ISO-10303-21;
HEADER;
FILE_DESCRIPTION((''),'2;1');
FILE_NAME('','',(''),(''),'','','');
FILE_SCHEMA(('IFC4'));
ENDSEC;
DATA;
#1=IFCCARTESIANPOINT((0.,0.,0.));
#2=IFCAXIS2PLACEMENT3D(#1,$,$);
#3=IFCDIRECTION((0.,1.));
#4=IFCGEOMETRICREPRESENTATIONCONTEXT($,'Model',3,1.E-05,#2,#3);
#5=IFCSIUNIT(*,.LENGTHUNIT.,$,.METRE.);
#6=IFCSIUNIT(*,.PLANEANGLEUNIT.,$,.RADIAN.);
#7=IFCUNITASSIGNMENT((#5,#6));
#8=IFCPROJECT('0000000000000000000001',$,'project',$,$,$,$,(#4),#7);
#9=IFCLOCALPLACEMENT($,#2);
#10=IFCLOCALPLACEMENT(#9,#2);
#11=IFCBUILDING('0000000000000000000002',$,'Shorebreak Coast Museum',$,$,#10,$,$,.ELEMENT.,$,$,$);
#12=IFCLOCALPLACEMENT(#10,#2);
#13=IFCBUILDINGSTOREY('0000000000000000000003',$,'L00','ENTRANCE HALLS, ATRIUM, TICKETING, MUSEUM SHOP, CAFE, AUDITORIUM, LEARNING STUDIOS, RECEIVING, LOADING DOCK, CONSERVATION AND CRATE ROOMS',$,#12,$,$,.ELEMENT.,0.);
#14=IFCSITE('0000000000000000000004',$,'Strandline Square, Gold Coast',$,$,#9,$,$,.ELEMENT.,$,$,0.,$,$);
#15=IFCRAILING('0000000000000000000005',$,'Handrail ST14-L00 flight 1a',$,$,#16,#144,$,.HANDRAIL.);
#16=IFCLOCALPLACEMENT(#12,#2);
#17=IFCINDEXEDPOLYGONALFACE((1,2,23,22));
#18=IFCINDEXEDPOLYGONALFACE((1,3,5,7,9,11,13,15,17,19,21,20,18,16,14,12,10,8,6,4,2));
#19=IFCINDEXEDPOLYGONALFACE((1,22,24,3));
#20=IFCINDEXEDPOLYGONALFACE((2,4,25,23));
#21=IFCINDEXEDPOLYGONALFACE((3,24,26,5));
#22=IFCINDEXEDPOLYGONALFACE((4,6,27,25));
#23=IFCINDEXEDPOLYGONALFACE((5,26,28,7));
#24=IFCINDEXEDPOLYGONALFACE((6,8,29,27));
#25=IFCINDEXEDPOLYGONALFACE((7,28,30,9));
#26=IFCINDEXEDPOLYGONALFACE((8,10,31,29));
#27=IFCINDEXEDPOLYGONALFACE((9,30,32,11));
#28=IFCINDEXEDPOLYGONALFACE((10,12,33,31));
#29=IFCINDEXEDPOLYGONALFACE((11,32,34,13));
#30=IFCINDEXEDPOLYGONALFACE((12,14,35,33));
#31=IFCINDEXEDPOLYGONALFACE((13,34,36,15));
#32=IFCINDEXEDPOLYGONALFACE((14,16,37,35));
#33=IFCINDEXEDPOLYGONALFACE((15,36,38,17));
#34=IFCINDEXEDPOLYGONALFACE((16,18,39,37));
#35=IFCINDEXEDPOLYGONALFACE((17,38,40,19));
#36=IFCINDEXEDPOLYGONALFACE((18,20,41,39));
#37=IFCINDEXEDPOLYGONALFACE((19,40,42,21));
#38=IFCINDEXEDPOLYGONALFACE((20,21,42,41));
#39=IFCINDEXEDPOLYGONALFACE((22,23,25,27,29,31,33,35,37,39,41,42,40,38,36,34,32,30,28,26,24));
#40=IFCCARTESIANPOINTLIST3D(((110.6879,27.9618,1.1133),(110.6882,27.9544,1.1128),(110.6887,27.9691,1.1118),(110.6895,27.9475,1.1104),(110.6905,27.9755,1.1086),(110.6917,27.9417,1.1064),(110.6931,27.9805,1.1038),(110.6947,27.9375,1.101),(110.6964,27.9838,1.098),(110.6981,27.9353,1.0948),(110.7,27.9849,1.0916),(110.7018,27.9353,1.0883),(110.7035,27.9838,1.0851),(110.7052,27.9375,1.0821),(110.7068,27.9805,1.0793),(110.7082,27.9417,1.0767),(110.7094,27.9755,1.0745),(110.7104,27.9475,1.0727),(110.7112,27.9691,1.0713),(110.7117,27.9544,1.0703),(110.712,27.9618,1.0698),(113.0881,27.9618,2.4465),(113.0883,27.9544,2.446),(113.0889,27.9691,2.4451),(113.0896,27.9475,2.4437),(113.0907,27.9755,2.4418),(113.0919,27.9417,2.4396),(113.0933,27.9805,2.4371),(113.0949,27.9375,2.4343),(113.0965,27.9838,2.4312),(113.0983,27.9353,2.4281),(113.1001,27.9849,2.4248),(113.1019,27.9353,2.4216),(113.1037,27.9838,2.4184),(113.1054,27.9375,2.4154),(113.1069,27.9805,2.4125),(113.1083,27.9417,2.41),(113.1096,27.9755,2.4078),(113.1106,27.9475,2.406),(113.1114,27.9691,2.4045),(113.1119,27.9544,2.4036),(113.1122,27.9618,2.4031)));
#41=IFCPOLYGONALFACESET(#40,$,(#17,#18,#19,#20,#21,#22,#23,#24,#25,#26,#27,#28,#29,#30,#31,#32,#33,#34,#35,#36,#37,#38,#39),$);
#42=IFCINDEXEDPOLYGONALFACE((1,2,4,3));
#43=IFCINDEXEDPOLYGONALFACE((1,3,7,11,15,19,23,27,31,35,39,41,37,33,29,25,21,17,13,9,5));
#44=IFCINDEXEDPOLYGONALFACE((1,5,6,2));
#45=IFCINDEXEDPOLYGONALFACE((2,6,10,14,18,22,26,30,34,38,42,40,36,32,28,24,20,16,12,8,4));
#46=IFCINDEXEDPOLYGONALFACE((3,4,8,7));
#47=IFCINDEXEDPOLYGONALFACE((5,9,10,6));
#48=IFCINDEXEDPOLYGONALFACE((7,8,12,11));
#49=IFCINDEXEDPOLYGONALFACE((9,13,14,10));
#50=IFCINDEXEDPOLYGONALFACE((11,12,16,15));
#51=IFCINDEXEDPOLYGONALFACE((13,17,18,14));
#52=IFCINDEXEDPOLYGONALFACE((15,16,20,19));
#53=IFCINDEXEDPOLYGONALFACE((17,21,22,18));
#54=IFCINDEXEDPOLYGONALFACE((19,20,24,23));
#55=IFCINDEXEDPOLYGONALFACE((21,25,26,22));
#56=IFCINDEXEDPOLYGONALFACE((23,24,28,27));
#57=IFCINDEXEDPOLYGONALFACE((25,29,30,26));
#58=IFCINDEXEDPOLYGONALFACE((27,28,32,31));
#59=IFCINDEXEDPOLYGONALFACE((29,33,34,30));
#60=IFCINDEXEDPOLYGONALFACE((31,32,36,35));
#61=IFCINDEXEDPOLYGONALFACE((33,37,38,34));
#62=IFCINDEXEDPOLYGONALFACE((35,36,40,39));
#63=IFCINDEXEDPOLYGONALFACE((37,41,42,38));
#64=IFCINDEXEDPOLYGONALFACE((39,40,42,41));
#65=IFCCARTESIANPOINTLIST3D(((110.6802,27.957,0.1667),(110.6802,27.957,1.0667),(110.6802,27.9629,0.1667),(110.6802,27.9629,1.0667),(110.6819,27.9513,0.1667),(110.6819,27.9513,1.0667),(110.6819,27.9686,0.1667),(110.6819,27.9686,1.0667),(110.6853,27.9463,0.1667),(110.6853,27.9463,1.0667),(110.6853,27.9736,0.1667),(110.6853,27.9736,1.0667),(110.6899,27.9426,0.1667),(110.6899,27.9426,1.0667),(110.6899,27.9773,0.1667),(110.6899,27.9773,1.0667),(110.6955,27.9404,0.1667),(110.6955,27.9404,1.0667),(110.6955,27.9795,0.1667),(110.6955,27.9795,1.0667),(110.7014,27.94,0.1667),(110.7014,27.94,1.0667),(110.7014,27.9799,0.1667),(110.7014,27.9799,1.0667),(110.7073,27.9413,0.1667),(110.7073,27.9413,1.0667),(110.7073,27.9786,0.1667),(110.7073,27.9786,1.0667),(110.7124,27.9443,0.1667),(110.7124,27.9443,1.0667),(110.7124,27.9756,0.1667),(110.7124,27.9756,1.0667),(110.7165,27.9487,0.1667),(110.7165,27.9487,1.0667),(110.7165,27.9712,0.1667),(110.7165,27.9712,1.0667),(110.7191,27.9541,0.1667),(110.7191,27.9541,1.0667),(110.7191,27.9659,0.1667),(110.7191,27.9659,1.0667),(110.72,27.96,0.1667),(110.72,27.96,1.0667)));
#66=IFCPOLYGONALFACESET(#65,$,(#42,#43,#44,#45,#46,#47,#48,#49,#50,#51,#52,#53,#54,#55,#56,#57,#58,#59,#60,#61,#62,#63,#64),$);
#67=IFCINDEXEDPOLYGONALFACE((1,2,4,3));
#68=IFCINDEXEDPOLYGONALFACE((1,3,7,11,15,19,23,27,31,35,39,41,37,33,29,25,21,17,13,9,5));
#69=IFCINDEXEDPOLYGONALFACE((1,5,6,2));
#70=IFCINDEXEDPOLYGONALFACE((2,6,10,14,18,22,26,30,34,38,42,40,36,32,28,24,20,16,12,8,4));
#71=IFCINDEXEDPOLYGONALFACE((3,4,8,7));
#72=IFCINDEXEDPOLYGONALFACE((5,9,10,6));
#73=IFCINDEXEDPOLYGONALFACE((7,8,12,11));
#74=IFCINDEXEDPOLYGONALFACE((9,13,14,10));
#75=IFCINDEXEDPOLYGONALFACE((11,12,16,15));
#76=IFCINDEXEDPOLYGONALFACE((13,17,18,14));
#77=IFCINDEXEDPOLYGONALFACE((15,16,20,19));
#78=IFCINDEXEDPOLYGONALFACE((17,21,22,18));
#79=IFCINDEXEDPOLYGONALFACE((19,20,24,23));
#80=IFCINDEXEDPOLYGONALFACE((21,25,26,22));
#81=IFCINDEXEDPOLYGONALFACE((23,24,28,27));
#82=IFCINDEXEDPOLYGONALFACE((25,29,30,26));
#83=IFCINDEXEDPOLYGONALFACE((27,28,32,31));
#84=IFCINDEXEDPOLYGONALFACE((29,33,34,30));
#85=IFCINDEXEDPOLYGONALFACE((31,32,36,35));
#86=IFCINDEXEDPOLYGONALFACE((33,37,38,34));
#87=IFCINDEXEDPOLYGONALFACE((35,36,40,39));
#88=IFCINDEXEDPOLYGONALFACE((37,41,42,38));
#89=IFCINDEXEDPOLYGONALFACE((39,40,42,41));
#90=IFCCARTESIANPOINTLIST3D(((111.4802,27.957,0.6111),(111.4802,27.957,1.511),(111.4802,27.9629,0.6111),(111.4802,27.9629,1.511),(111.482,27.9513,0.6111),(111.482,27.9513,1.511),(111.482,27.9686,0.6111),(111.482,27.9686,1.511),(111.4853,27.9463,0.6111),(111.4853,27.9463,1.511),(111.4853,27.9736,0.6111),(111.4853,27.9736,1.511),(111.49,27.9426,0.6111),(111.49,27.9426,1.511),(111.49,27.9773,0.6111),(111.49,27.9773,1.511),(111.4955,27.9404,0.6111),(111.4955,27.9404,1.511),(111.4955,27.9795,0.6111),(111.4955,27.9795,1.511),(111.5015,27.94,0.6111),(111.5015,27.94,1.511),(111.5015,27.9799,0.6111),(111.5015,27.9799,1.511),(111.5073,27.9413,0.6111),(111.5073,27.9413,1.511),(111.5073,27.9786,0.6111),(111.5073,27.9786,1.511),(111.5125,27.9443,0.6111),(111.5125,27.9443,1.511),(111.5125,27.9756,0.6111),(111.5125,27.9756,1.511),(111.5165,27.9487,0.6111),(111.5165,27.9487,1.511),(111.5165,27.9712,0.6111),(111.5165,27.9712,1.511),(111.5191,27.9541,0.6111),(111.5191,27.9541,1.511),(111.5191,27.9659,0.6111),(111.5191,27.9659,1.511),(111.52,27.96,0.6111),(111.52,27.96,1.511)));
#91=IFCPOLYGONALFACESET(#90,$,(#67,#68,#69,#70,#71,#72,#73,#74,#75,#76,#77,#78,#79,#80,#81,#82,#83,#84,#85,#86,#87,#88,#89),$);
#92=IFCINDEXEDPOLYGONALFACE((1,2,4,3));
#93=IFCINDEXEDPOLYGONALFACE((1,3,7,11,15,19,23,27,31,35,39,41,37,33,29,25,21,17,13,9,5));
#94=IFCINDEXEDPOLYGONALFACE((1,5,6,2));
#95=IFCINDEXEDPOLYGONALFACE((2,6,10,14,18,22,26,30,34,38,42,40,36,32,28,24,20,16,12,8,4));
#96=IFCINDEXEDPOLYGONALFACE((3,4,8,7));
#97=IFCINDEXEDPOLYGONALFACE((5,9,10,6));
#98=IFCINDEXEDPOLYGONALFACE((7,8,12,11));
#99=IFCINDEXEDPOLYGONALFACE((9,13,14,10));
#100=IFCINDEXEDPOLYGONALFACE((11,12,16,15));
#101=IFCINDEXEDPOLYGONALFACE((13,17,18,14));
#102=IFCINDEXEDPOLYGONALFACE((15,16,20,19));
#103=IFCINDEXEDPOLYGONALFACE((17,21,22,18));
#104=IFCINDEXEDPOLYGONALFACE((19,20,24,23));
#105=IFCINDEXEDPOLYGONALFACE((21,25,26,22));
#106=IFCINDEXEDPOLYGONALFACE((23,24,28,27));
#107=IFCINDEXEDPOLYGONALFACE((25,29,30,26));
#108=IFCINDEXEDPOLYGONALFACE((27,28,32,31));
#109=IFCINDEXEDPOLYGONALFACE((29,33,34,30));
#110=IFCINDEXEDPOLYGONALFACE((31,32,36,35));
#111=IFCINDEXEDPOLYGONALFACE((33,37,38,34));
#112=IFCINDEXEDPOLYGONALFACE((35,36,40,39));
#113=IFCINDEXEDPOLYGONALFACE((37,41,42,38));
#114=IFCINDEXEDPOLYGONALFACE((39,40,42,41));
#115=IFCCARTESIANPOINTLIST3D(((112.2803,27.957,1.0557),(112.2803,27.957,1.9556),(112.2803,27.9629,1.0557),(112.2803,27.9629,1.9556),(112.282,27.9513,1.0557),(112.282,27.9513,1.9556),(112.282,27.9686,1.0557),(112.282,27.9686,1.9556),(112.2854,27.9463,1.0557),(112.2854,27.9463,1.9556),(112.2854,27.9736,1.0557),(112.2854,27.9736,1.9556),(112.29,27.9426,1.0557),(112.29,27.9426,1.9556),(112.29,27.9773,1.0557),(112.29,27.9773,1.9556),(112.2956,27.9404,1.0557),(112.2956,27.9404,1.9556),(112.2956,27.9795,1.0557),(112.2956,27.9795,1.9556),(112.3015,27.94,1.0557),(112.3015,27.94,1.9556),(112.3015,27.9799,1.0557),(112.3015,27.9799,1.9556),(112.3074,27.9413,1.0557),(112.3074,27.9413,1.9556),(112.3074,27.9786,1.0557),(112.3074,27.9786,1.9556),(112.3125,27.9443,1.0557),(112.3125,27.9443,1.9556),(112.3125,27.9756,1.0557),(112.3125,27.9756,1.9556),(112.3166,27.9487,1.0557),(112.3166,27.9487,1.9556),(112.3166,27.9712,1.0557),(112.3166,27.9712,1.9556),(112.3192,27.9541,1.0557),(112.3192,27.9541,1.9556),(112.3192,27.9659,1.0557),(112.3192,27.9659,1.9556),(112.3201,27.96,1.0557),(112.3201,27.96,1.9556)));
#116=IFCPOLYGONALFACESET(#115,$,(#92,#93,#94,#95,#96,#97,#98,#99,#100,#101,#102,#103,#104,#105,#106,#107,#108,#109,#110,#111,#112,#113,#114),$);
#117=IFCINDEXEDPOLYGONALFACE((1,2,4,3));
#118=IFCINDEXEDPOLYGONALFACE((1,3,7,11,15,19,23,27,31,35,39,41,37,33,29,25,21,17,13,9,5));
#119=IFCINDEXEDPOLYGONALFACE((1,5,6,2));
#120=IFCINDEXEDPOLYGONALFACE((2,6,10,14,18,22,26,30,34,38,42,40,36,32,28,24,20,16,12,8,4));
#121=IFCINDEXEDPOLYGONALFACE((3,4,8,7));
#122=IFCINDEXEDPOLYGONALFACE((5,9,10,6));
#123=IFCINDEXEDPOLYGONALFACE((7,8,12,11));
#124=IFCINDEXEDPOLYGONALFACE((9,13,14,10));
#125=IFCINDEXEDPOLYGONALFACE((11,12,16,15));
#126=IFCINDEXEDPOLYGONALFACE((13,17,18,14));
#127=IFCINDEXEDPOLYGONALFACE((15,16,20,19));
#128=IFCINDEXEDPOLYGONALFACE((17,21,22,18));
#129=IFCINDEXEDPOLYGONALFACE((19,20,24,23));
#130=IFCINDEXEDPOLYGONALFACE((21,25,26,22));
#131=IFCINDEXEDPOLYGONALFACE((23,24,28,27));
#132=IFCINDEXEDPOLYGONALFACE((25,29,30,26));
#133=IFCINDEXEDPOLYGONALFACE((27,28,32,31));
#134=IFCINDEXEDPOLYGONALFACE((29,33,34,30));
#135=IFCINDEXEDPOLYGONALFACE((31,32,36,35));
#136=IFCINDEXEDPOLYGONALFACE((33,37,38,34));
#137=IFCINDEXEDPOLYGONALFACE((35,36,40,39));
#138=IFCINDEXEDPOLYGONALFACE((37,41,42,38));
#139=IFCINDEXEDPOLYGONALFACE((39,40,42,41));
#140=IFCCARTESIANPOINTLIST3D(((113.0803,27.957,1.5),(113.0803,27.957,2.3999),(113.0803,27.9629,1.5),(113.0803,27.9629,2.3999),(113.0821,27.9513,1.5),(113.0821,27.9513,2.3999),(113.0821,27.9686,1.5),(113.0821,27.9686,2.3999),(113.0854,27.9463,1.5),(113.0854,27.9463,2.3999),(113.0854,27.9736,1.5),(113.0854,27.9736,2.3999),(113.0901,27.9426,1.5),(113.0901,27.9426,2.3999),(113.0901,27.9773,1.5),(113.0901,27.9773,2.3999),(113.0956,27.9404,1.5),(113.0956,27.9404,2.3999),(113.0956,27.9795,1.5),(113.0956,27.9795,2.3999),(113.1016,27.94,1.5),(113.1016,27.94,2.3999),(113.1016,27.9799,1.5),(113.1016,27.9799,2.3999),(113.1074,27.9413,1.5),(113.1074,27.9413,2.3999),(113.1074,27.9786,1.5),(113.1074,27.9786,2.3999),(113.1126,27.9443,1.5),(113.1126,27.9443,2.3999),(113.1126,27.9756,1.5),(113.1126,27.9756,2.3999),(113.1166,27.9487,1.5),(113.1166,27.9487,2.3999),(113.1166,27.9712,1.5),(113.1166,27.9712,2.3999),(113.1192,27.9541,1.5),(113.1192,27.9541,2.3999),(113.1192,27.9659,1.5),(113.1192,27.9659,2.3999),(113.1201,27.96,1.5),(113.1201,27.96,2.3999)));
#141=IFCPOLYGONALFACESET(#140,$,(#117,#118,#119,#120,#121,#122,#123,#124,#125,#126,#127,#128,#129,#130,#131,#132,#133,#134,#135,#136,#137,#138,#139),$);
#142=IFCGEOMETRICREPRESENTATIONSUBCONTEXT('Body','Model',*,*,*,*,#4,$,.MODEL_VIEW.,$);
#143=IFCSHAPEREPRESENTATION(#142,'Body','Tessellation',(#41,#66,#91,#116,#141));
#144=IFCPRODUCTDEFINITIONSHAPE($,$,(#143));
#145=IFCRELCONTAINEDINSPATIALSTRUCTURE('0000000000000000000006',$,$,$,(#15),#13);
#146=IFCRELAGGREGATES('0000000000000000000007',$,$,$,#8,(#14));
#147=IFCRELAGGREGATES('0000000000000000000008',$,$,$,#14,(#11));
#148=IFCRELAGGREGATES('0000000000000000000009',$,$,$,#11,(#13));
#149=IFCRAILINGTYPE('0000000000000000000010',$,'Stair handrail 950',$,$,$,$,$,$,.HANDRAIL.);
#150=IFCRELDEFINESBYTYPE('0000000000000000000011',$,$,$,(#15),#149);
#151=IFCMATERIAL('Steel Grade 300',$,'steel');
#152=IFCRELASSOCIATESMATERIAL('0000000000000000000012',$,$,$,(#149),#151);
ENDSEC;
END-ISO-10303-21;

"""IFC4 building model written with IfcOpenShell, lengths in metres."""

from ifc_helpers import new_model, si_unit, direction, frame, origin, origin_2d, place, context, subcontext, project, spatial, circle, extrude, material, type_object, element, save


model = new_model("IFC4")

# Units and contexts
model_context = context("Model", 3, precision=1e-05, world=origin(), true_north=direction((0.0, 1.0)))
body_context = subcontext(model_context, "Body", "Model", "MODEL_VIEW")
ifc_project = project(units=[si_unit("LENGTHUNIT", "METRE"), si_unit("PLANEANGLEUNIT", "RADIAN")], contexts=[model_context])

# Site, building, storey
site_placement = place(None, origin())
site = spatial("IfcSite", under=ifc_project, at=site_placement, Name="Strandline Square, Gold Coast", CompositionType="ELEMENT", RefElevation=0.0)
building_placement = place(site_placement, origin())
building = spatial("IfcBuilding", under=site, at=building_placement, Name="Shorebreak Coast Museum", CompositionType="ELEMENT")
storey_placement = place(building_placement, origin())
storey = spatial("IfcBuildingStorey", under=building, at=storey_placement, Name="L00", Description="ENTRANCE HALLS, ATRIUM, TICKETING, MUSEUM SHOP, CAFE, AUDITORIUM, LEARNING STUDIOS, RECEIVING, LOADING DOCK, CONSERVATION AND CRATE ROOMS", CompositionType="ELEMENT", Elevation=0.0)

# Railing
ifc_material_1 = material(Name="Steel Grade 300", Category="steel")
railing_type_1 = type_object("IfcRailingType", Name="Stair handrail 950", PredefinedType="HANDRAIL", material=ifc_material_1)
for number, where, name in (
    (1, (110.7, 27.96, 0.1667), "Handrail ST14-L00 flight 1a"),
):
    element("IfcRailing", number, at=place(storey_placement, frame(where)), inside=storey, type_object=railing_type_1, Name=name, PredefinedType="HANDRAIL", context=body_context, shape_type="SweptSolid", body=[
        extrude(circle(Radius=0.0249, at=origin_2d()), frame((0.0, 0.0, 0.9248), z_axis=(0.874182, 0.0, 0.485598), x_axis=(0.0, 1.0, 0.0)), (0.0, 0.0, 1.0), 2.7456),
        extrude(circle(Radius=0.02, at=origin_2d()), origin(), (0.0, 0.0, 1.0), 0.8999),
        extrude(circle(Radius=0.02, at=origin_2d()), frame((0.8, 0.0, 0.4443)), (0.0, 0.0, 1.0), 0.8999),
        extrude(circle(Radius=0.02, at=origin_2d()), frame((1.6001, 0.0, 0.8889)), (0.0, 0.0, 1.0), 0.8999),
        extrude(circle(Radius=0.02, at=origin_2d()), frame((2.4001, 0.0, 1.3333)), (0.0, 0.0, 1.0), 0.8999),
    ])

save(model, "model.ifc")
